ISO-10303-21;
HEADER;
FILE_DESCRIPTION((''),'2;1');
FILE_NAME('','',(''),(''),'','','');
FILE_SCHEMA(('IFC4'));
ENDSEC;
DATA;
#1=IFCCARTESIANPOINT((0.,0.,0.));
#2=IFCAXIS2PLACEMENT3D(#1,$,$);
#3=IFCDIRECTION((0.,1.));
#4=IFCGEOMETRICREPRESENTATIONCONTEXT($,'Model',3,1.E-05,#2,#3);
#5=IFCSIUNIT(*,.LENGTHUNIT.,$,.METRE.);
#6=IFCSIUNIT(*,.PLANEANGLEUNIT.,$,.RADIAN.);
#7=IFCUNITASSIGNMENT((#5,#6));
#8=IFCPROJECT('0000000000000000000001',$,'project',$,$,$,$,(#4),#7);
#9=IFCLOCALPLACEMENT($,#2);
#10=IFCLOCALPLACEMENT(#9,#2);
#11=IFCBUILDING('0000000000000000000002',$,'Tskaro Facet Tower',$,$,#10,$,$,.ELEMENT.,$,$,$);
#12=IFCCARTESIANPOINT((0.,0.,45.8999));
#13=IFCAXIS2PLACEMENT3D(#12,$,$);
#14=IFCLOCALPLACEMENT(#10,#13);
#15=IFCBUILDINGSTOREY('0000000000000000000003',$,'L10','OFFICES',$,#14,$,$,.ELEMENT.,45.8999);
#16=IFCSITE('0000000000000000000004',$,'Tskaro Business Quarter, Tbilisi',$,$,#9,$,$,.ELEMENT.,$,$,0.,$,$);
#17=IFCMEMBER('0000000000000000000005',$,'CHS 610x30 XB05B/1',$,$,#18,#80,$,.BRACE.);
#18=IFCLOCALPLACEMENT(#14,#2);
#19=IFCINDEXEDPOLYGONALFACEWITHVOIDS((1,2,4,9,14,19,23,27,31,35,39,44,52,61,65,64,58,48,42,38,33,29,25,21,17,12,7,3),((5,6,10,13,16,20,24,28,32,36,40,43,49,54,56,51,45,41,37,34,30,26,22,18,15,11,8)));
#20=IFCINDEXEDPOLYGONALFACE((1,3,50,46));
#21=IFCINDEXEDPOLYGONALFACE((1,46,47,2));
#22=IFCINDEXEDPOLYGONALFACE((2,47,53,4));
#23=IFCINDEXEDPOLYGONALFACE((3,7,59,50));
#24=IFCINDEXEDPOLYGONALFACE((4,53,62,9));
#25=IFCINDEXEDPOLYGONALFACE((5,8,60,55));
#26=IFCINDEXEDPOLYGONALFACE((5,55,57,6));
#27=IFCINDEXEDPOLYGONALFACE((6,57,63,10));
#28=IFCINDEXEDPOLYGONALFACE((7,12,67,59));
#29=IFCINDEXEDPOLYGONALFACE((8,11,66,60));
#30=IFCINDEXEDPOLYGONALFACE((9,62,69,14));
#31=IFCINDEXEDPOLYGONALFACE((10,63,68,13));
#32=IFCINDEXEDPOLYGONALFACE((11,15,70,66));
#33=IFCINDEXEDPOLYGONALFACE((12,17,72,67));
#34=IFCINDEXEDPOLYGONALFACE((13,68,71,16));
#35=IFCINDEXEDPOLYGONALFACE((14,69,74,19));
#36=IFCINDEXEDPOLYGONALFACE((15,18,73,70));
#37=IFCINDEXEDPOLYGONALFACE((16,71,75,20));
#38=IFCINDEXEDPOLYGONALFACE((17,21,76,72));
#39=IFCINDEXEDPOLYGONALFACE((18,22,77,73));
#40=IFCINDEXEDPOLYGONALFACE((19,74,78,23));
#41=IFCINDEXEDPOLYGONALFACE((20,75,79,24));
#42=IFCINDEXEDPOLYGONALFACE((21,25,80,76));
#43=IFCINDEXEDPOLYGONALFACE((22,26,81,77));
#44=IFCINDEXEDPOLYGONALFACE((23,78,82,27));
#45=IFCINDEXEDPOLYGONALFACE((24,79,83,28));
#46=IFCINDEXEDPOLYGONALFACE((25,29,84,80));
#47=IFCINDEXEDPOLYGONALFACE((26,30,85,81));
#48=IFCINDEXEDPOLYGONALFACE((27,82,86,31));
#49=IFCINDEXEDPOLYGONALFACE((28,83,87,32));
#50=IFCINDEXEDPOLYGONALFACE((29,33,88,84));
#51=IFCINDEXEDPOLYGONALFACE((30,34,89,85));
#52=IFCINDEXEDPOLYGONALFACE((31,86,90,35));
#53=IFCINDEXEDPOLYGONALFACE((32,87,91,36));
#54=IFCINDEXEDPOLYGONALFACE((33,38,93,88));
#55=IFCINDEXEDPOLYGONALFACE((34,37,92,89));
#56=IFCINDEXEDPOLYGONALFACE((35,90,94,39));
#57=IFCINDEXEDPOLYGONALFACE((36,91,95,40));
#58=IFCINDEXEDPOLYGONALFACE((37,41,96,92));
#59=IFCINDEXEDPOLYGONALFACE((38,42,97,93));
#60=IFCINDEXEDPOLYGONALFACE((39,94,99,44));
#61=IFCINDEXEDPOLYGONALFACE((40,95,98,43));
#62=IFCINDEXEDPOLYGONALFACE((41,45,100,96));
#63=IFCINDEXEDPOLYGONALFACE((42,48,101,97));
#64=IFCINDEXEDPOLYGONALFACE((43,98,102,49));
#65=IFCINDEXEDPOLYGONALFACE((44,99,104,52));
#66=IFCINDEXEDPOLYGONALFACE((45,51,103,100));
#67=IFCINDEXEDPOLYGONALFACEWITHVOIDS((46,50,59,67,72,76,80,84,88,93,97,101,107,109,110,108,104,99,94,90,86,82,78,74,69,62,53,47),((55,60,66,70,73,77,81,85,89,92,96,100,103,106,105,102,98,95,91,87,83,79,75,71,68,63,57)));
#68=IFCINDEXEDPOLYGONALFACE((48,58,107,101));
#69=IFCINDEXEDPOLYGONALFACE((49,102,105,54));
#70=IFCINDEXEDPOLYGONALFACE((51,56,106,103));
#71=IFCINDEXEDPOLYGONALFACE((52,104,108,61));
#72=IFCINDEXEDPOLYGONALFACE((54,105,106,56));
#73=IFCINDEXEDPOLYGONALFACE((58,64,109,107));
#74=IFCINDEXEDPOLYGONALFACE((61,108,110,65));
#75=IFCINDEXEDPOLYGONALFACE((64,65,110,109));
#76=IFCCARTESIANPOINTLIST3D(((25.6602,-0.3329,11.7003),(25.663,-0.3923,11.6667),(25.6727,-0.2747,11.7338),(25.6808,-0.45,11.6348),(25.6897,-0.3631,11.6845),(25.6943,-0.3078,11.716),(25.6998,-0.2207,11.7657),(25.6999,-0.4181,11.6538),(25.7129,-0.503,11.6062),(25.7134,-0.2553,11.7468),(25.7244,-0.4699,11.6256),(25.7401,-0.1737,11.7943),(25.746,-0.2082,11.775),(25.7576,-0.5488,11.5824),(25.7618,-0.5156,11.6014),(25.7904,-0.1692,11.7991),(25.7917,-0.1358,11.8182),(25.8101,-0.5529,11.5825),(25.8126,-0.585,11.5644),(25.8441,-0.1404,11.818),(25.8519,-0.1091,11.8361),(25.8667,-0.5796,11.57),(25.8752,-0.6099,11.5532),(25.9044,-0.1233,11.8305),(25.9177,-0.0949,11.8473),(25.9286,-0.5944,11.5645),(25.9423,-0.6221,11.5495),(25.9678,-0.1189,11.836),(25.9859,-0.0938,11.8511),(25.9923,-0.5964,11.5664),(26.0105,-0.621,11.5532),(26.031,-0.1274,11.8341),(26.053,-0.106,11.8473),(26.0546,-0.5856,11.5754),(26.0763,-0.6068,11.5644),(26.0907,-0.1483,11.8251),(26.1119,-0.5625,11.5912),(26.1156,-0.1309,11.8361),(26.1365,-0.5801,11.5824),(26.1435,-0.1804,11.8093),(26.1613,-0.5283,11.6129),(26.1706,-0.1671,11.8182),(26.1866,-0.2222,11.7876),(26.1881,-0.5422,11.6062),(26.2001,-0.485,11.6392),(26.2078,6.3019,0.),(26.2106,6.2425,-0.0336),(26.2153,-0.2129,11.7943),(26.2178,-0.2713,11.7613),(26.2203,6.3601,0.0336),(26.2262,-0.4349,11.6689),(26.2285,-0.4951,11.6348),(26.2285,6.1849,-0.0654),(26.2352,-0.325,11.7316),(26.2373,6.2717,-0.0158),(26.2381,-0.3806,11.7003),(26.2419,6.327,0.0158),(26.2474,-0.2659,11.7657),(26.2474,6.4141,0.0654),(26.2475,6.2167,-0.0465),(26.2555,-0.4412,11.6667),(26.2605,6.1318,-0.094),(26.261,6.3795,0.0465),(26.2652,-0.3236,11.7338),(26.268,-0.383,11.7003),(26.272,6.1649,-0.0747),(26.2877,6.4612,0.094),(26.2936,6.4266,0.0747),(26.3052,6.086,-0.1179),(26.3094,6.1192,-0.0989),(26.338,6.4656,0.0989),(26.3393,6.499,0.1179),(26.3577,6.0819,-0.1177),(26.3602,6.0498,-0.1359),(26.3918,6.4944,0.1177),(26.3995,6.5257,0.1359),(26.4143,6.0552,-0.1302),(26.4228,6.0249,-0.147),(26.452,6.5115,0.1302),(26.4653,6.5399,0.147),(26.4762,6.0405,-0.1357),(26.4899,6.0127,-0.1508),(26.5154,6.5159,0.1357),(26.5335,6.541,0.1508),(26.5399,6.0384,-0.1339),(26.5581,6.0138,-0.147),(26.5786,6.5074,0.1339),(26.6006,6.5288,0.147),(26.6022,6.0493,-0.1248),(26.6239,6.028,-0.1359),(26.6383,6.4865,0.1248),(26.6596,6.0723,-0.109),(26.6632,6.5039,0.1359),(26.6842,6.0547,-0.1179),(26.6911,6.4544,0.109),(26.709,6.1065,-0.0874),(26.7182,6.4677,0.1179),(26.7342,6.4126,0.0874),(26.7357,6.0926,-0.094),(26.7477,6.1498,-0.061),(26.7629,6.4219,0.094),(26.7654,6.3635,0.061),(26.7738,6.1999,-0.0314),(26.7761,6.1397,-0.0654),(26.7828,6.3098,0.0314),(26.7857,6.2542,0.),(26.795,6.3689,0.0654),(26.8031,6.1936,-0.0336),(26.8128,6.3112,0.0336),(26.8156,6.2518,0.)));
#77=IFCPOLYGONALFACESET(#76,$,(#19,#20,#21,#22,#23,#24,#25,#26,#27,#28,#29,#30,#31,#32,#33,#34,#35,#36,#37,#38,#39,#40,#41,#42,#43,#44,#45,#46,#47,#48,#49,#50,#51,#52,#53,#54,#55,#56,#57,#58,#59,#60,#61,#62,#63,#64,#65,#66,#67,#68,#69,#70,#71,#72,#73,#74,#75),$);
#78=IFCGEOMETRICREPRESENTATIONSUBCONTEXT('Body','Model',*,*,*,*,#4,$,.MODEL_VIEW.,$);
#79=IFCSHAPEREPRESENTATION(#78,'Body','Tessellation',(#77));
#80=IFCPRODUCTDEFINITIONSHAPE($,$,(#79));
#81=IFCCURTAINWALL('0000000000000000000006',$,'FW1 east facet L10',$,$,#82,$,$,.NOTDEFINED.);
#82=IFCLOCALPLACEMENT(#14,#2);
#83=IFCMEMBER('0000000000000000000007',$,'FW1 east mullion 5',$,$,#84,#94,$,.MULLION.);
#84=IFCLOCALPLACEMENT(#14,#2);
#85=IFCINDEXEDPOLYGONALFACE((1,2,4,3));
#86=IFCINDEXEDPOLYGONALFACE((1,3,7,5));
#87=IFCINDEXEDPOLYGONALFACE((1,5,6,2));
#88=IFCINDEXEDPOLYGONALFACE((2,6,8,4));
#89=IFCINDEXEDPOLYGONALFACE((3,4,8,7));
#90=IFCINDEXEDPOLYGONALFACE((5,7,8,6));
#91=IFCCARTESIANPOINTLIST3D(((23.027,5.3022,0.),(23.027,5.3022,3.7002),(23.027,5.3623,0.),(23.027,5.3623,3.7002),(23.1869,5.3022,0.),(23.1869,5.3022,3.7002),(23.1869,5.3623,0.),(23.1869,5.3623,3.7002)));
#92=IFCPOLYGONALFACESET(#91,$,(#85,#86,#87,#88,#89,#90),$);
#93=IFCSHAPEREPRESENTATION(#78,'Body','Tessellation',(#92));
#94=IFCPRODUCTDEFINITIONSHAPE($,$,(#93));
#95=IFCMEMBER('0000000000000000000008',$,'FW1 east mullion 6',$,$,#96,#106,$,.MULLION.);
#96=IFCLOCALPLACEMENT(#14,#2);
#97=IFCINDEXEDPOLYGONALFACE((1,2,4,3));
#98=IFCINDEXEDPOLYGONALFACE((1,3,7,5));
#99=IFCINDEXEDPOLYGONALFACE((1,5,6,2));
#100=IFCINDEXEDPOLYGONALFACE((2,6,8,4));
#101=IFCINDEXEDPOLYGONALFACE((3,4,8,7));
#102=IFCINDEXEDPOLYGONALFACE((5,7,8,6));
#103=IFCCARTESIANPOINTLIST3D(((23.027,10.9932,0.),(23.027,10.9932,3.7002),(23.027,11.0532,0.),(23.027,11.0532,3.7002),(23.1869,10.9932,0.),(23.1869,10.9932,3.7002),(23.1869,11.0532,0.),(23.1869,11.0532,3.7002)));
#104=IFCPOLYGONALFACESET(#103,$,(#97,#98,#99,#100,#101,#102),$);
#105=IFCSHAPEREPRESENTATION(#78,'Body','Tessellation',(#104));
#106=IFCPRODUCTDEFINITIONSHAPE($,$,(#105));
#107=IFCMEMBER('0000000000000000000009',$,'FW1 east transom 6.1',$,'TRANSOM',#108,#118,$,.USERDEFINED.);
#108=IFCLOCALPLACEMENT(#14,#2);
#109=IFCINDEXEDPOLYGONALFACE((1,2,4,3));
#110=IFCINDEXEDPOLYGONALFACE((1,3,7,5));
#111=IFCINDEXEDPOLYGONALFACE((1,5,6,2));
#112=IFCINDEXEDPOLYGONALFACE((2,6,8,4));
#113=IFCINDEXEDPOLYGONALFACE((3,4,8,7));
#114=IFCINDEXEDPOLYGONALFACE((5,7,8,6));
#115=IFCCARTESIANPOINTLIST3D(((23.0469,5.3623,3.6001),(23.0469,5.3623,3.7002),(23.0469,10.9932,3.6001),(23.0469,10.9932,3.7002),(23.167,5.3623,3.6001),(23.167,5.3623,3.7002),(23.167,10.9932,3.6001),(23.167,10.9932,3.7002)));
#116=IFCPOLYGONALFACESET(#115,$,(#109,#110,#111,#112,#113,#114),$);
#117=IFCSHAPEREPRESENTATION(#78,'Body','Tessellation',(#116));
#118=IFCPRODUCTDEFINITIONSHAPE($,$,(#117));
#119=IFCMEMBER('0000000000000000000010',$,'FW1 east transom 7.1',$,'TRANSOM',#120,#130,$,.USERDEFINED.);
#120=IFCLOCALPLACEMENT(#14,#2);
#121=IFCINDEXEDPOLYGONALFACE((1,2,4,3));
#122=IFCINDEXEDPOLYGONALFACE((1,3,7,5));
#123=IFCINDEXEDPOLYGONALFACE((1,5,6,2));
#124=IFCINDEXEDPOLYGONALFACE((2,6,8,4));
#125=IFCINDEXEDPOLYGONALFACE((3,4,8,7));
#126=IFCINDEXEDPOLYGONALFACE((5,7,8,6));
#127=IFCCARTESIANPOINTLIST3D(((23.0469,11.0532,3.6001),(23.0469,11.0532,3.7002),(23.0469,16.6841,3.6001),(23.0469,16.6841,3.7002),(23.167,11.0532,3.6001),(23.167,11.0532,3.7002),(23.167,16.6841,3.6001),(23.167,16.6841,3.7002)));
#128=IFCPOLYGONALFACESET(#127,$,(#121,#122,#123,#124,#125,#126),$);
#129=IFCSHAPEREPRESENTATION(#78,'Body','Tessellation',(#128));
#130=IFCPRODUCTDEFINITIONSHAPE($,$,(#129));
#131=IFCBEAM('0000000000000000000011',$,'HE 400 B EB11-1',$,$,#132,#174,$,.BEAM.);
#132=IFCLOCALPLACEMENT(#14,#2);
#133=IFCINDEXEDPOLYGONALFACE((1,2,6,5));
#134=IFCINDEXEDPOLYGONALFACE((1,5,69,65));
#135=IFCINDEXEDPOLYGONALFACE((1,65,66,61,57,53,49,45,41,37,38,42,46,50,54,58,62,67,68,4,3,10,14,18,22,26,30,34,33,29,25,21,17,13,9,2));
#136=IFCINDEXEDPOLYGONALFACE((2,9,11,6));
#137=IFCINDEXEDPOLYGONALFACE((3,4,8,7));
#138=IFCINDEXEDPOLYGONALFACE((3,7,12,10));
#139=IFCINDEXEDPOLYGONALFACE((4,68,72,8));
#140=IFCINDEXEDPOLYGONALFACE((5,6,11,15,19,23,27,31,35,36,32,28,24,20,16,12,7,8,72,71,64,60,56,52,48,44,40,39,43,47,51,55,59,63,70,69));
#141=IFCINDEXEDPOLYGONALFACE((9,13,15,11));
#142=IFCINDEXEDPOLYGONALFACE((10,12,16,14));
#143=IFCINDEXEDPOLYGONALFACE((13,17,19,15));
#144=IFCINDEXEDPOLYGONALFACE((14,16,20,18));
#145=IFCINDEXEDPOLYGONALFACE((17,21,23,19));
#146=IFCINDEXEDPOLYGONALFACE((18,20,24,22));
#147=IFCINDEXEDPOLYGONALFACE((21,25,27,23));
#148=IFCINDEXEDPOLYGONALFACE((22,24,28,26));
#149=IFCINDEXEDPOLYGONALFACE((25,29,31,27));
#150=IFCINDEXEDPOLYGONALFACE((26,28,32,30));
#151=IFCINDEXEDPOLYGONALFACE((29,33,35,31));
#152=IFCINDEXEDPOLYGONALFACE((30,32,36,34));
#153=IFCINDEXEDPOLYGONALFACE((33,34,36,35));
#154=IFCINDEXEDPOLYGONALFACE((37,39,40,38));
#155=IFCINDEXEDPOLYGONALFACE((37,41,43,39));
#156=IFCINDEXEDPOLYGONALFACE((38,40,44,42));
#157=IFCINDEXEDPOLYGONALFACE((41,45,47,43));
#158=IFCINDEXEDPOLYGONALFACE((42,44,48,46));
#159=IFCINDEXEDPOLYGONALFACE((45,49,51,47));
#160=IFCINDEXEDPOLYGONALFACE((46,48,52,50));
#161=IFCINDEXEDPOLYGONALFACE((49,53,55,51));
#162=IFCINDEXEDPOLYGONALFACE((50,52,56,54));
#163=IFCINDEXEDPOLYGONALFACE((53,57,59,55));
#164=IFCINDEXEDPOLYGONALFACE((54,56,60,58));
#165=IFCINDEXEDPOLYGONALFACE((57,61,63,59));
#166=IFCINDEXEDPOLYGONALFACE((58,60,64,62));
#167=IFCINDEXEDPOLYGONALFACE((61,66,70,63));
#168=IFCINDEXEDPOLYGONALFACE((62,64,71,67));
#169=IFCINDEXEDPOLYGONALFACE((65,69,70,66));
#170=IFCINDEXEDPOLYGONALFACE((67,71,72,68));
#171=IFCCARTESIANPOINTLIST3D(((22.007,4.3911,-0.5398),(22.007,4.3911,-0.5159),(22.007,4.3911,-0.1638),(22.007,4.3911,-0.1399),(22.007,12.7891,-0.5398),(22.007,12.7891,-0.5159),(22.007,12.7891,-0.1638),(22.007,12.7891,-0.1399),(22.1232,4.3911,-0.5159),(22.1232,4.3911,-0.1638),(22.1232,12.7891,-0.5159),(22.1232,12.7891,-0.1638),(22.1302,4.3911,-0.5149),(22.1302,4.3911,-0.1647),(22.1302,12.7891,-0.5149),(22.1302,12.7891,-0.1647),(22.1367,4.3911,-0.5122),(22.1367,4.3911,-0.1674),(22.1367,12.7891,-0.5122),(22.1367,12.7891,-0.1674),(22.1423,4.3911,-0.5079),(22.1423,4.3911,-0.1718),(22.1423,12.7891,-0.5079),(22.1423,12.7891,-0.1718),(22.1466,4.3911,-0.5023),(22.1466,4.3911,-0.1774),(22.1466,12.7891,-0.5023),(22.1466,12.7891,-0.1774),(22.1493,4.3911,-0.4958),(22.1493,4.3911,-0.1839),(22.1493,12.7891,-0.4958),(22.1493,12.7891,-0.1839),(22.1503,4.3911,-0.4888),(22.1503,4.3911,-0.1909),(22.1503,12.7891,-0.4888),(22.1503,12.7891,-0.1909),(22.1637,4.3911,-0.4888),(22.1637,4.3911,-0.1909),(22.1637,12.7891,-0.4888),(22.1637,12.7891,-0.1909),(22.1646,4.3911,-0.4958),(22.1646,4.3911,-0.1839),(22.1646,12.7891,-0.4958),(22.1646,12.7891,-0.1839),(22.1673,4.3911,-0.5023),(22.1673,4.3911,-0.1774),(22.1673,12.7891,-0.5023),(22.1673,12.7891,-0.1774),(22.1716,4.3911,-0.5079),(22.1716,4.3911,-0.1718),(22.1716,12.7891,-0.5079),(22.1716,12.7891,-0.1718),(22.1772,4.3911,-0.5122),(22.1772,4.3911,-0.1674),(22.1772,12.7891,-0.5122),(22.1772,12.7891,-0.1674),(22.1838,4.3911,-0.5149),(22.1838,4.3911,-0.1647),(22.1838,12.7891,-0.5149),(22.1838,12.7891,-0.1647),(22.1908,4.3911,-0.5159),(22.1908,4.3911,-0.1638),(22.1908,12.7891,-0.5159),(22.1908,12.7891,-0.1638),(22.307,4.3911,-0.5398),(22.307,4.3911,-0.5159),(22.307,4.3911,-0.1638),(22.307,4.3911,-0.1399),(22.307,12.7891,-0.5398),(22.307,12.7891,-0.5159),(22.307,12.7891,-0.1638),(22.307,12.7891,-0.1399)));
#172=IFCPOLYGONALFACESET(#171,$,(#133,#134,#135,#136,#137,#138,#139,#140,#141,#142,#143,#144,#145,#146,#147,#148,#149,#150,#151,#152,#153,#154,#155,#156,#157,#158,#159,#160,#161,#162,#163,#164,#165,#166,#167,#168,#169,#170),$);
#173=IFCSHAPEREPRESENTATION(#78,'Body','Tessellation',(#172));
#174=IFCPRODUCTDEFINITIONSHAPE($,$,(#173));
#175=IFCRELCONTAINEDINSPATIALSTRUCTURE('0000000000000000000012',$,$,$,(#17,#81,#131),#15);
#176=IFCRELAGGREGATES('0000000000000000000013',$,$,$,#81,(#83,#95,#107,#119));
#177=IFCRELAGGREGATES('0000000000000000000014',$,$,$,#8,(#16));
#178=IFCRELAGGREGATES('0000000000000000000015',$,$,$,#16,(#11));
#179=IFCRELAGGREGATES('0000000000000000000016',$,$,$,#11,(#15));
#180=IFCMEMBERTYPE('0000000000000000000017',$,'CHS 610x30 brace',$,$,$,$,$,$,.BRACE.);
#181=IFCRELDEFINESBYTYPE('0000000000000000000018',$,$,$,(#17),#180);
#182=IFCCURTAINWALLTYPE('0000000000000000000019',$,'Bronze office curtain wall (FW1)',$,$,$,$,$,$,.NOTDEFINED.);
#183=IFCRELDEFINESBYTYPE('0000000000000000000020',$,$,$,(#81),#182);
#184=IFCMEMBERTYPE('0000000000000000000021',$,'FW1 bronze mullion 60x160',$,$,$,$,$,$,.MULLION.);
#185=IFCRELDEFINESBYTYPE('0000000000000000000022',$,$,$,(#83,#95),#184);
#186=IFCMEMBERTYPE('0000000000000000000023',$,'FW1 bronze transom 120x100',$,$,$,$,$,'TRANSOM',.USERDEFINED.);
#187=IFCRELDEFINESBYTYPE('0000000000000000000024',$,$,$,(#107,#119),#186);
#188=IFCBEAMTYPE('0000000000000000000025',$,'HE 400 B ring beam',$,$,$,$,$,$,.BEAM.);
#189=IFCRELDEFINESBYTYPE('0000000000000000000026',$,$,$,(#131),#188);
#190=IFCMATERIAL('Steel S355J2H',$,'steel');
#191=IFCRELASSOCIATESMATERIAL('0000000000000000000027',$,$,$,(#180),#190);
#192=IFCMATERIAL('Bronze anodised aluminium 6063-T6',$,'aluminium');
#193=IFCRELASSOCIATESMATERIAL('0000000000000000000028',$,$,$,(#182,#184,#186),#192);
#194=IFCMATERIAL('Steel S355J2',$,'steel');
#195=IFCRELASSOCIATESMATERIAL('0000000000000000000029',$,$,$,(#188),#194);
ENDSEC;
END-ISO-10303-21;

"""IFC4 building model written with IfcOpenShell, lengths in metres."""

from ifc_helpers import new_model, si_unit, direction, frame, origin, origin_2d, place, context, subcontext, project, spatial, rectangle, hollow_circle, i_section, extrude, material, material_profile, profile_set, type_object, element, aggregate, save


model = new_model("IFC4")

# Units and contexts
model_context = context("Model", 3, precision=1e-05, world=origin(), true_north=direction((0.0, 1.0)))
body_context = subcontext(model_context, "Body", "Model", "MODEL_VIEW")
ifc_project = project(units=[si_unit("LENGTHUNIT", "METRE"), si_unit("PLANEANGLEUNIT", "RADIAN")], contexts=[model_context])

# Site, building, storey
site_placement = place(None, origin())
site = spatial("IfcSite", under=ifc_project, at=site_placement, Name="Tskaro Business Quarter, Tbilisi", CompositionType="ELEMENT", RefElevation=0.0)
building_placement = place(site_placement, origin())
building = spatial("IfcBuilding", under=site, at=building_placement, Name="Tskaro Facet Tower", CompositionType="ELEMENT")
storey_placement = place(building_placement, frame((0.0, 0.0, 45.8999)))
storey = spatial("IfcBuildingStorey", under=building, at=storey_placement, Name="L10", Description="OFFICES", CompositionType="ELEMENT", Elevation=45.8999)

# Shared definitions
ifc_material_1 = material(Name="Steel S355J2H", Category="steel")

# Member
ifc_material_profile_1 = material_profile(ifc_material_1, hollow_circle(Radius=0.3049, WallThickness=0.03, at=origin_2d()), Name="CHS 610x30")
ifc_profile_set_1 = profile_set([ifc_material_profile_1], Name="Steel S355J2H")
member_type_1 = type_object("IfcMemberType", Name="CHS 610x30 brace", PredefinedType="BRACE", material=ifc_profile_set_1)
member_1_placement = place(storey_placement, frame((26.5117, 6.2769, 0.0), z_axis=(-0.040679, -0.492866, 0.869154), x_axis=(0.996611, -0.082256, 0.0)))
element("IfcMember", 1, at=member_1_placement, inside=storey, type_object=member_type_1, Name="CHS 610x30 XB05B/1", PredefinedType="BRACE", context=body_context, shape_type="SweptSolid", body=[
    extrude(hollow_circle(Radius=0.3049, WallThickness=0.03, at=origin_2d()), origin(), (0.0, 0.0, 1.0), 13.4617),
])

# Curtain wall, members
ifc_material_2 = material(Name="Bronze anodised aluminium 6063-T6", Category="aluminium")
curtain_wall_type = type_object("IfcCurtainWallType", Name="Bronze office curtain wall (FW1)", PredefinedType="NOTDEFINED", material=ifc_material_2)
curtain_wall_placement = place(storey_placement, origin())
curtain_wall = element("IfcCurtainWall", 2, at=curtain_wall_placement, inside=storey, type_object=curtain_wall_type, Name="FW1 east facet L10", PredefinedType="NOTDEFINED")
ifc_material_profile_2 = material_profile(ifc_material_2, rectangle(XDim=0.0601, YDim=0.1599, at=origin_2d()), Name="Mullion 60x160")
ifc_profile_set_2 = profile_set([ifc_material_profile_2], Name="Bronze anodised aluminium 6063-T6")
member_type_2 = type_object("IfcMemberType", Name="FW1 bronze mullion 60x160", PredefinedType="MULLION", material=ifc_profile_set_2)
member_2_placement = place(storey_placement, frame((23.1069, 5.3323, 0.0), z_axis=(0.0, 0.0, 1.0), x_axis=(0.0, 1.0, 0.0)))
member_2 = element("IfcMember", 3, at=member_2_placement, type_object=member_type_2, Name="FW1 east mullion 5", PredefinedType="MULLION", context=body_context, shape_type="SweptSolid", body=[
    extrude(rectangle(XDim=0.0601, YDim=0.1599, at=origin_2d()), origin(), (0.0, 0.0, 1.0), 3.7002),
])
member_3_placement = place(storey_placement, frame((23.1069, 11.0232, 0.0), z_axis=(0.0, 0.0, 1.0), x_axis=(0.0, 1.0, 0.0)))
member_3 = element("IfcMember", 4, at=member_3_placement, type_object=member_type_2, Name="FW1 east mullion 6", PredefinedType="MULLION", context=body_context, shape_type="SweptSolid", body=[
    extrude(rectangle(XDim=0.0601, YDim=0.1599, at=origin_2d()), origin(), (0.0, 0.0, 1.0), 3.7002),
])
ifc_material_profile_3 = material_profile(ifc_material_2, rectangle(XDim=0.1201, YDim=0.1001, at=origin_2d()), Name="Transom 120x100")
ifc_profile_set_3 = profile_set([ifc_material_profile_3], Name="Bronze anodised aluminium 6063-T6")
member_type_3 = type_object("IfcMemberType", Name="FW1 bronze transom 120x100", ElementType="TRANSOM", PredefinedType="USERDEFINED", material=ifc_profile_set_3)
member_4_placement = place(storey_placement, frame((23.1069, 5.3623, 3.6501), z_axis=(0.0, 1.0, 0.0), x_axis=(-1.0, 0.0, 0.0)))
member_4 = element("IfcMember", 5, at=member_4_placement, type_object=member_type_3, Name="FW1 east transom 6.1", ObjectType="TRANSOM", PredefinedType="USERDEFINED", context=body_context, shape_type="SweptSolid", body=[
    extrude(rectangle(XDim=0.1201, YDim=0.1001, at=origin_2d()), origin(), (0.0, 0.0, 1.0), 5.6309),
])
member_5_placement = place(storey_placement, frame((23.1069, 11.0532, 3.6501), z_axis=(0.0, 1.0, 0.0), x_axis=(-1.0, 0.0, 0.0)))
member_5 = element("IfcMember", 6, at=member_5_placement, type_object=member_type_3, Name="FW1 east transom 7.1", ObjectType="TRANSOM", PredefinedType="USERDEFINED", context=body_context, shape_type="SweptSolid", body=[
    extrude(rectangle(XDim=0.1201, YDim=0.1001, at=origin_2d()), origin(), (0.0, 0.0, 1.0), 5.6309),
])

# Beam
ifc_material_3 = material(Name="Steel S355J2", Category="steel")
ifc_material_profile_4 = material_profile(ifc_material_3, i_section(OverallWidth=0.3, OverallDepth=0.3999, WebThickness=0.0134, FlangeThickness=0.0239, FilletRadius=0.0271, at=origin_2d()), Name="HE 400 B")
ifc_profile_set_4 = profile_set([ifc_material_profile_4], Name="Steel S355J2")
beam_type_1 = type_object("IfcBeamType", Name="HE 400 B ring beam", PredefinedType="BEAM", material=ifc_profile_set_4)
beam_1_placement = place(storey_placement, frame((22.157, 4.3911, -0.3398), z_axis=(0.0, 1.0, 0.0), x_axis=(-1.0, 0.0, 0.0)))
element("IfcBeam", 7, at=beam_1_placement, inside=storey, type_object=beam_type_1, Name="HE 400 B EB11-1", PredefinedType="BEAM", context=body_context, shape_type="SweptSolid", body=[
    extrude(i_section(OverallWidth=0.3, OverallDepth=0.3999, WebThickness=0.0134, FlangeThickness=0.0239, FilletRadius=0.0271, at=origin_2d()), origin(), (0.0, 0.0, 1.0), 8.3979),
])

aggregate(curtain_wall, [member_2, member_3, member_4, member_5])

save(model, "model.ifc")
